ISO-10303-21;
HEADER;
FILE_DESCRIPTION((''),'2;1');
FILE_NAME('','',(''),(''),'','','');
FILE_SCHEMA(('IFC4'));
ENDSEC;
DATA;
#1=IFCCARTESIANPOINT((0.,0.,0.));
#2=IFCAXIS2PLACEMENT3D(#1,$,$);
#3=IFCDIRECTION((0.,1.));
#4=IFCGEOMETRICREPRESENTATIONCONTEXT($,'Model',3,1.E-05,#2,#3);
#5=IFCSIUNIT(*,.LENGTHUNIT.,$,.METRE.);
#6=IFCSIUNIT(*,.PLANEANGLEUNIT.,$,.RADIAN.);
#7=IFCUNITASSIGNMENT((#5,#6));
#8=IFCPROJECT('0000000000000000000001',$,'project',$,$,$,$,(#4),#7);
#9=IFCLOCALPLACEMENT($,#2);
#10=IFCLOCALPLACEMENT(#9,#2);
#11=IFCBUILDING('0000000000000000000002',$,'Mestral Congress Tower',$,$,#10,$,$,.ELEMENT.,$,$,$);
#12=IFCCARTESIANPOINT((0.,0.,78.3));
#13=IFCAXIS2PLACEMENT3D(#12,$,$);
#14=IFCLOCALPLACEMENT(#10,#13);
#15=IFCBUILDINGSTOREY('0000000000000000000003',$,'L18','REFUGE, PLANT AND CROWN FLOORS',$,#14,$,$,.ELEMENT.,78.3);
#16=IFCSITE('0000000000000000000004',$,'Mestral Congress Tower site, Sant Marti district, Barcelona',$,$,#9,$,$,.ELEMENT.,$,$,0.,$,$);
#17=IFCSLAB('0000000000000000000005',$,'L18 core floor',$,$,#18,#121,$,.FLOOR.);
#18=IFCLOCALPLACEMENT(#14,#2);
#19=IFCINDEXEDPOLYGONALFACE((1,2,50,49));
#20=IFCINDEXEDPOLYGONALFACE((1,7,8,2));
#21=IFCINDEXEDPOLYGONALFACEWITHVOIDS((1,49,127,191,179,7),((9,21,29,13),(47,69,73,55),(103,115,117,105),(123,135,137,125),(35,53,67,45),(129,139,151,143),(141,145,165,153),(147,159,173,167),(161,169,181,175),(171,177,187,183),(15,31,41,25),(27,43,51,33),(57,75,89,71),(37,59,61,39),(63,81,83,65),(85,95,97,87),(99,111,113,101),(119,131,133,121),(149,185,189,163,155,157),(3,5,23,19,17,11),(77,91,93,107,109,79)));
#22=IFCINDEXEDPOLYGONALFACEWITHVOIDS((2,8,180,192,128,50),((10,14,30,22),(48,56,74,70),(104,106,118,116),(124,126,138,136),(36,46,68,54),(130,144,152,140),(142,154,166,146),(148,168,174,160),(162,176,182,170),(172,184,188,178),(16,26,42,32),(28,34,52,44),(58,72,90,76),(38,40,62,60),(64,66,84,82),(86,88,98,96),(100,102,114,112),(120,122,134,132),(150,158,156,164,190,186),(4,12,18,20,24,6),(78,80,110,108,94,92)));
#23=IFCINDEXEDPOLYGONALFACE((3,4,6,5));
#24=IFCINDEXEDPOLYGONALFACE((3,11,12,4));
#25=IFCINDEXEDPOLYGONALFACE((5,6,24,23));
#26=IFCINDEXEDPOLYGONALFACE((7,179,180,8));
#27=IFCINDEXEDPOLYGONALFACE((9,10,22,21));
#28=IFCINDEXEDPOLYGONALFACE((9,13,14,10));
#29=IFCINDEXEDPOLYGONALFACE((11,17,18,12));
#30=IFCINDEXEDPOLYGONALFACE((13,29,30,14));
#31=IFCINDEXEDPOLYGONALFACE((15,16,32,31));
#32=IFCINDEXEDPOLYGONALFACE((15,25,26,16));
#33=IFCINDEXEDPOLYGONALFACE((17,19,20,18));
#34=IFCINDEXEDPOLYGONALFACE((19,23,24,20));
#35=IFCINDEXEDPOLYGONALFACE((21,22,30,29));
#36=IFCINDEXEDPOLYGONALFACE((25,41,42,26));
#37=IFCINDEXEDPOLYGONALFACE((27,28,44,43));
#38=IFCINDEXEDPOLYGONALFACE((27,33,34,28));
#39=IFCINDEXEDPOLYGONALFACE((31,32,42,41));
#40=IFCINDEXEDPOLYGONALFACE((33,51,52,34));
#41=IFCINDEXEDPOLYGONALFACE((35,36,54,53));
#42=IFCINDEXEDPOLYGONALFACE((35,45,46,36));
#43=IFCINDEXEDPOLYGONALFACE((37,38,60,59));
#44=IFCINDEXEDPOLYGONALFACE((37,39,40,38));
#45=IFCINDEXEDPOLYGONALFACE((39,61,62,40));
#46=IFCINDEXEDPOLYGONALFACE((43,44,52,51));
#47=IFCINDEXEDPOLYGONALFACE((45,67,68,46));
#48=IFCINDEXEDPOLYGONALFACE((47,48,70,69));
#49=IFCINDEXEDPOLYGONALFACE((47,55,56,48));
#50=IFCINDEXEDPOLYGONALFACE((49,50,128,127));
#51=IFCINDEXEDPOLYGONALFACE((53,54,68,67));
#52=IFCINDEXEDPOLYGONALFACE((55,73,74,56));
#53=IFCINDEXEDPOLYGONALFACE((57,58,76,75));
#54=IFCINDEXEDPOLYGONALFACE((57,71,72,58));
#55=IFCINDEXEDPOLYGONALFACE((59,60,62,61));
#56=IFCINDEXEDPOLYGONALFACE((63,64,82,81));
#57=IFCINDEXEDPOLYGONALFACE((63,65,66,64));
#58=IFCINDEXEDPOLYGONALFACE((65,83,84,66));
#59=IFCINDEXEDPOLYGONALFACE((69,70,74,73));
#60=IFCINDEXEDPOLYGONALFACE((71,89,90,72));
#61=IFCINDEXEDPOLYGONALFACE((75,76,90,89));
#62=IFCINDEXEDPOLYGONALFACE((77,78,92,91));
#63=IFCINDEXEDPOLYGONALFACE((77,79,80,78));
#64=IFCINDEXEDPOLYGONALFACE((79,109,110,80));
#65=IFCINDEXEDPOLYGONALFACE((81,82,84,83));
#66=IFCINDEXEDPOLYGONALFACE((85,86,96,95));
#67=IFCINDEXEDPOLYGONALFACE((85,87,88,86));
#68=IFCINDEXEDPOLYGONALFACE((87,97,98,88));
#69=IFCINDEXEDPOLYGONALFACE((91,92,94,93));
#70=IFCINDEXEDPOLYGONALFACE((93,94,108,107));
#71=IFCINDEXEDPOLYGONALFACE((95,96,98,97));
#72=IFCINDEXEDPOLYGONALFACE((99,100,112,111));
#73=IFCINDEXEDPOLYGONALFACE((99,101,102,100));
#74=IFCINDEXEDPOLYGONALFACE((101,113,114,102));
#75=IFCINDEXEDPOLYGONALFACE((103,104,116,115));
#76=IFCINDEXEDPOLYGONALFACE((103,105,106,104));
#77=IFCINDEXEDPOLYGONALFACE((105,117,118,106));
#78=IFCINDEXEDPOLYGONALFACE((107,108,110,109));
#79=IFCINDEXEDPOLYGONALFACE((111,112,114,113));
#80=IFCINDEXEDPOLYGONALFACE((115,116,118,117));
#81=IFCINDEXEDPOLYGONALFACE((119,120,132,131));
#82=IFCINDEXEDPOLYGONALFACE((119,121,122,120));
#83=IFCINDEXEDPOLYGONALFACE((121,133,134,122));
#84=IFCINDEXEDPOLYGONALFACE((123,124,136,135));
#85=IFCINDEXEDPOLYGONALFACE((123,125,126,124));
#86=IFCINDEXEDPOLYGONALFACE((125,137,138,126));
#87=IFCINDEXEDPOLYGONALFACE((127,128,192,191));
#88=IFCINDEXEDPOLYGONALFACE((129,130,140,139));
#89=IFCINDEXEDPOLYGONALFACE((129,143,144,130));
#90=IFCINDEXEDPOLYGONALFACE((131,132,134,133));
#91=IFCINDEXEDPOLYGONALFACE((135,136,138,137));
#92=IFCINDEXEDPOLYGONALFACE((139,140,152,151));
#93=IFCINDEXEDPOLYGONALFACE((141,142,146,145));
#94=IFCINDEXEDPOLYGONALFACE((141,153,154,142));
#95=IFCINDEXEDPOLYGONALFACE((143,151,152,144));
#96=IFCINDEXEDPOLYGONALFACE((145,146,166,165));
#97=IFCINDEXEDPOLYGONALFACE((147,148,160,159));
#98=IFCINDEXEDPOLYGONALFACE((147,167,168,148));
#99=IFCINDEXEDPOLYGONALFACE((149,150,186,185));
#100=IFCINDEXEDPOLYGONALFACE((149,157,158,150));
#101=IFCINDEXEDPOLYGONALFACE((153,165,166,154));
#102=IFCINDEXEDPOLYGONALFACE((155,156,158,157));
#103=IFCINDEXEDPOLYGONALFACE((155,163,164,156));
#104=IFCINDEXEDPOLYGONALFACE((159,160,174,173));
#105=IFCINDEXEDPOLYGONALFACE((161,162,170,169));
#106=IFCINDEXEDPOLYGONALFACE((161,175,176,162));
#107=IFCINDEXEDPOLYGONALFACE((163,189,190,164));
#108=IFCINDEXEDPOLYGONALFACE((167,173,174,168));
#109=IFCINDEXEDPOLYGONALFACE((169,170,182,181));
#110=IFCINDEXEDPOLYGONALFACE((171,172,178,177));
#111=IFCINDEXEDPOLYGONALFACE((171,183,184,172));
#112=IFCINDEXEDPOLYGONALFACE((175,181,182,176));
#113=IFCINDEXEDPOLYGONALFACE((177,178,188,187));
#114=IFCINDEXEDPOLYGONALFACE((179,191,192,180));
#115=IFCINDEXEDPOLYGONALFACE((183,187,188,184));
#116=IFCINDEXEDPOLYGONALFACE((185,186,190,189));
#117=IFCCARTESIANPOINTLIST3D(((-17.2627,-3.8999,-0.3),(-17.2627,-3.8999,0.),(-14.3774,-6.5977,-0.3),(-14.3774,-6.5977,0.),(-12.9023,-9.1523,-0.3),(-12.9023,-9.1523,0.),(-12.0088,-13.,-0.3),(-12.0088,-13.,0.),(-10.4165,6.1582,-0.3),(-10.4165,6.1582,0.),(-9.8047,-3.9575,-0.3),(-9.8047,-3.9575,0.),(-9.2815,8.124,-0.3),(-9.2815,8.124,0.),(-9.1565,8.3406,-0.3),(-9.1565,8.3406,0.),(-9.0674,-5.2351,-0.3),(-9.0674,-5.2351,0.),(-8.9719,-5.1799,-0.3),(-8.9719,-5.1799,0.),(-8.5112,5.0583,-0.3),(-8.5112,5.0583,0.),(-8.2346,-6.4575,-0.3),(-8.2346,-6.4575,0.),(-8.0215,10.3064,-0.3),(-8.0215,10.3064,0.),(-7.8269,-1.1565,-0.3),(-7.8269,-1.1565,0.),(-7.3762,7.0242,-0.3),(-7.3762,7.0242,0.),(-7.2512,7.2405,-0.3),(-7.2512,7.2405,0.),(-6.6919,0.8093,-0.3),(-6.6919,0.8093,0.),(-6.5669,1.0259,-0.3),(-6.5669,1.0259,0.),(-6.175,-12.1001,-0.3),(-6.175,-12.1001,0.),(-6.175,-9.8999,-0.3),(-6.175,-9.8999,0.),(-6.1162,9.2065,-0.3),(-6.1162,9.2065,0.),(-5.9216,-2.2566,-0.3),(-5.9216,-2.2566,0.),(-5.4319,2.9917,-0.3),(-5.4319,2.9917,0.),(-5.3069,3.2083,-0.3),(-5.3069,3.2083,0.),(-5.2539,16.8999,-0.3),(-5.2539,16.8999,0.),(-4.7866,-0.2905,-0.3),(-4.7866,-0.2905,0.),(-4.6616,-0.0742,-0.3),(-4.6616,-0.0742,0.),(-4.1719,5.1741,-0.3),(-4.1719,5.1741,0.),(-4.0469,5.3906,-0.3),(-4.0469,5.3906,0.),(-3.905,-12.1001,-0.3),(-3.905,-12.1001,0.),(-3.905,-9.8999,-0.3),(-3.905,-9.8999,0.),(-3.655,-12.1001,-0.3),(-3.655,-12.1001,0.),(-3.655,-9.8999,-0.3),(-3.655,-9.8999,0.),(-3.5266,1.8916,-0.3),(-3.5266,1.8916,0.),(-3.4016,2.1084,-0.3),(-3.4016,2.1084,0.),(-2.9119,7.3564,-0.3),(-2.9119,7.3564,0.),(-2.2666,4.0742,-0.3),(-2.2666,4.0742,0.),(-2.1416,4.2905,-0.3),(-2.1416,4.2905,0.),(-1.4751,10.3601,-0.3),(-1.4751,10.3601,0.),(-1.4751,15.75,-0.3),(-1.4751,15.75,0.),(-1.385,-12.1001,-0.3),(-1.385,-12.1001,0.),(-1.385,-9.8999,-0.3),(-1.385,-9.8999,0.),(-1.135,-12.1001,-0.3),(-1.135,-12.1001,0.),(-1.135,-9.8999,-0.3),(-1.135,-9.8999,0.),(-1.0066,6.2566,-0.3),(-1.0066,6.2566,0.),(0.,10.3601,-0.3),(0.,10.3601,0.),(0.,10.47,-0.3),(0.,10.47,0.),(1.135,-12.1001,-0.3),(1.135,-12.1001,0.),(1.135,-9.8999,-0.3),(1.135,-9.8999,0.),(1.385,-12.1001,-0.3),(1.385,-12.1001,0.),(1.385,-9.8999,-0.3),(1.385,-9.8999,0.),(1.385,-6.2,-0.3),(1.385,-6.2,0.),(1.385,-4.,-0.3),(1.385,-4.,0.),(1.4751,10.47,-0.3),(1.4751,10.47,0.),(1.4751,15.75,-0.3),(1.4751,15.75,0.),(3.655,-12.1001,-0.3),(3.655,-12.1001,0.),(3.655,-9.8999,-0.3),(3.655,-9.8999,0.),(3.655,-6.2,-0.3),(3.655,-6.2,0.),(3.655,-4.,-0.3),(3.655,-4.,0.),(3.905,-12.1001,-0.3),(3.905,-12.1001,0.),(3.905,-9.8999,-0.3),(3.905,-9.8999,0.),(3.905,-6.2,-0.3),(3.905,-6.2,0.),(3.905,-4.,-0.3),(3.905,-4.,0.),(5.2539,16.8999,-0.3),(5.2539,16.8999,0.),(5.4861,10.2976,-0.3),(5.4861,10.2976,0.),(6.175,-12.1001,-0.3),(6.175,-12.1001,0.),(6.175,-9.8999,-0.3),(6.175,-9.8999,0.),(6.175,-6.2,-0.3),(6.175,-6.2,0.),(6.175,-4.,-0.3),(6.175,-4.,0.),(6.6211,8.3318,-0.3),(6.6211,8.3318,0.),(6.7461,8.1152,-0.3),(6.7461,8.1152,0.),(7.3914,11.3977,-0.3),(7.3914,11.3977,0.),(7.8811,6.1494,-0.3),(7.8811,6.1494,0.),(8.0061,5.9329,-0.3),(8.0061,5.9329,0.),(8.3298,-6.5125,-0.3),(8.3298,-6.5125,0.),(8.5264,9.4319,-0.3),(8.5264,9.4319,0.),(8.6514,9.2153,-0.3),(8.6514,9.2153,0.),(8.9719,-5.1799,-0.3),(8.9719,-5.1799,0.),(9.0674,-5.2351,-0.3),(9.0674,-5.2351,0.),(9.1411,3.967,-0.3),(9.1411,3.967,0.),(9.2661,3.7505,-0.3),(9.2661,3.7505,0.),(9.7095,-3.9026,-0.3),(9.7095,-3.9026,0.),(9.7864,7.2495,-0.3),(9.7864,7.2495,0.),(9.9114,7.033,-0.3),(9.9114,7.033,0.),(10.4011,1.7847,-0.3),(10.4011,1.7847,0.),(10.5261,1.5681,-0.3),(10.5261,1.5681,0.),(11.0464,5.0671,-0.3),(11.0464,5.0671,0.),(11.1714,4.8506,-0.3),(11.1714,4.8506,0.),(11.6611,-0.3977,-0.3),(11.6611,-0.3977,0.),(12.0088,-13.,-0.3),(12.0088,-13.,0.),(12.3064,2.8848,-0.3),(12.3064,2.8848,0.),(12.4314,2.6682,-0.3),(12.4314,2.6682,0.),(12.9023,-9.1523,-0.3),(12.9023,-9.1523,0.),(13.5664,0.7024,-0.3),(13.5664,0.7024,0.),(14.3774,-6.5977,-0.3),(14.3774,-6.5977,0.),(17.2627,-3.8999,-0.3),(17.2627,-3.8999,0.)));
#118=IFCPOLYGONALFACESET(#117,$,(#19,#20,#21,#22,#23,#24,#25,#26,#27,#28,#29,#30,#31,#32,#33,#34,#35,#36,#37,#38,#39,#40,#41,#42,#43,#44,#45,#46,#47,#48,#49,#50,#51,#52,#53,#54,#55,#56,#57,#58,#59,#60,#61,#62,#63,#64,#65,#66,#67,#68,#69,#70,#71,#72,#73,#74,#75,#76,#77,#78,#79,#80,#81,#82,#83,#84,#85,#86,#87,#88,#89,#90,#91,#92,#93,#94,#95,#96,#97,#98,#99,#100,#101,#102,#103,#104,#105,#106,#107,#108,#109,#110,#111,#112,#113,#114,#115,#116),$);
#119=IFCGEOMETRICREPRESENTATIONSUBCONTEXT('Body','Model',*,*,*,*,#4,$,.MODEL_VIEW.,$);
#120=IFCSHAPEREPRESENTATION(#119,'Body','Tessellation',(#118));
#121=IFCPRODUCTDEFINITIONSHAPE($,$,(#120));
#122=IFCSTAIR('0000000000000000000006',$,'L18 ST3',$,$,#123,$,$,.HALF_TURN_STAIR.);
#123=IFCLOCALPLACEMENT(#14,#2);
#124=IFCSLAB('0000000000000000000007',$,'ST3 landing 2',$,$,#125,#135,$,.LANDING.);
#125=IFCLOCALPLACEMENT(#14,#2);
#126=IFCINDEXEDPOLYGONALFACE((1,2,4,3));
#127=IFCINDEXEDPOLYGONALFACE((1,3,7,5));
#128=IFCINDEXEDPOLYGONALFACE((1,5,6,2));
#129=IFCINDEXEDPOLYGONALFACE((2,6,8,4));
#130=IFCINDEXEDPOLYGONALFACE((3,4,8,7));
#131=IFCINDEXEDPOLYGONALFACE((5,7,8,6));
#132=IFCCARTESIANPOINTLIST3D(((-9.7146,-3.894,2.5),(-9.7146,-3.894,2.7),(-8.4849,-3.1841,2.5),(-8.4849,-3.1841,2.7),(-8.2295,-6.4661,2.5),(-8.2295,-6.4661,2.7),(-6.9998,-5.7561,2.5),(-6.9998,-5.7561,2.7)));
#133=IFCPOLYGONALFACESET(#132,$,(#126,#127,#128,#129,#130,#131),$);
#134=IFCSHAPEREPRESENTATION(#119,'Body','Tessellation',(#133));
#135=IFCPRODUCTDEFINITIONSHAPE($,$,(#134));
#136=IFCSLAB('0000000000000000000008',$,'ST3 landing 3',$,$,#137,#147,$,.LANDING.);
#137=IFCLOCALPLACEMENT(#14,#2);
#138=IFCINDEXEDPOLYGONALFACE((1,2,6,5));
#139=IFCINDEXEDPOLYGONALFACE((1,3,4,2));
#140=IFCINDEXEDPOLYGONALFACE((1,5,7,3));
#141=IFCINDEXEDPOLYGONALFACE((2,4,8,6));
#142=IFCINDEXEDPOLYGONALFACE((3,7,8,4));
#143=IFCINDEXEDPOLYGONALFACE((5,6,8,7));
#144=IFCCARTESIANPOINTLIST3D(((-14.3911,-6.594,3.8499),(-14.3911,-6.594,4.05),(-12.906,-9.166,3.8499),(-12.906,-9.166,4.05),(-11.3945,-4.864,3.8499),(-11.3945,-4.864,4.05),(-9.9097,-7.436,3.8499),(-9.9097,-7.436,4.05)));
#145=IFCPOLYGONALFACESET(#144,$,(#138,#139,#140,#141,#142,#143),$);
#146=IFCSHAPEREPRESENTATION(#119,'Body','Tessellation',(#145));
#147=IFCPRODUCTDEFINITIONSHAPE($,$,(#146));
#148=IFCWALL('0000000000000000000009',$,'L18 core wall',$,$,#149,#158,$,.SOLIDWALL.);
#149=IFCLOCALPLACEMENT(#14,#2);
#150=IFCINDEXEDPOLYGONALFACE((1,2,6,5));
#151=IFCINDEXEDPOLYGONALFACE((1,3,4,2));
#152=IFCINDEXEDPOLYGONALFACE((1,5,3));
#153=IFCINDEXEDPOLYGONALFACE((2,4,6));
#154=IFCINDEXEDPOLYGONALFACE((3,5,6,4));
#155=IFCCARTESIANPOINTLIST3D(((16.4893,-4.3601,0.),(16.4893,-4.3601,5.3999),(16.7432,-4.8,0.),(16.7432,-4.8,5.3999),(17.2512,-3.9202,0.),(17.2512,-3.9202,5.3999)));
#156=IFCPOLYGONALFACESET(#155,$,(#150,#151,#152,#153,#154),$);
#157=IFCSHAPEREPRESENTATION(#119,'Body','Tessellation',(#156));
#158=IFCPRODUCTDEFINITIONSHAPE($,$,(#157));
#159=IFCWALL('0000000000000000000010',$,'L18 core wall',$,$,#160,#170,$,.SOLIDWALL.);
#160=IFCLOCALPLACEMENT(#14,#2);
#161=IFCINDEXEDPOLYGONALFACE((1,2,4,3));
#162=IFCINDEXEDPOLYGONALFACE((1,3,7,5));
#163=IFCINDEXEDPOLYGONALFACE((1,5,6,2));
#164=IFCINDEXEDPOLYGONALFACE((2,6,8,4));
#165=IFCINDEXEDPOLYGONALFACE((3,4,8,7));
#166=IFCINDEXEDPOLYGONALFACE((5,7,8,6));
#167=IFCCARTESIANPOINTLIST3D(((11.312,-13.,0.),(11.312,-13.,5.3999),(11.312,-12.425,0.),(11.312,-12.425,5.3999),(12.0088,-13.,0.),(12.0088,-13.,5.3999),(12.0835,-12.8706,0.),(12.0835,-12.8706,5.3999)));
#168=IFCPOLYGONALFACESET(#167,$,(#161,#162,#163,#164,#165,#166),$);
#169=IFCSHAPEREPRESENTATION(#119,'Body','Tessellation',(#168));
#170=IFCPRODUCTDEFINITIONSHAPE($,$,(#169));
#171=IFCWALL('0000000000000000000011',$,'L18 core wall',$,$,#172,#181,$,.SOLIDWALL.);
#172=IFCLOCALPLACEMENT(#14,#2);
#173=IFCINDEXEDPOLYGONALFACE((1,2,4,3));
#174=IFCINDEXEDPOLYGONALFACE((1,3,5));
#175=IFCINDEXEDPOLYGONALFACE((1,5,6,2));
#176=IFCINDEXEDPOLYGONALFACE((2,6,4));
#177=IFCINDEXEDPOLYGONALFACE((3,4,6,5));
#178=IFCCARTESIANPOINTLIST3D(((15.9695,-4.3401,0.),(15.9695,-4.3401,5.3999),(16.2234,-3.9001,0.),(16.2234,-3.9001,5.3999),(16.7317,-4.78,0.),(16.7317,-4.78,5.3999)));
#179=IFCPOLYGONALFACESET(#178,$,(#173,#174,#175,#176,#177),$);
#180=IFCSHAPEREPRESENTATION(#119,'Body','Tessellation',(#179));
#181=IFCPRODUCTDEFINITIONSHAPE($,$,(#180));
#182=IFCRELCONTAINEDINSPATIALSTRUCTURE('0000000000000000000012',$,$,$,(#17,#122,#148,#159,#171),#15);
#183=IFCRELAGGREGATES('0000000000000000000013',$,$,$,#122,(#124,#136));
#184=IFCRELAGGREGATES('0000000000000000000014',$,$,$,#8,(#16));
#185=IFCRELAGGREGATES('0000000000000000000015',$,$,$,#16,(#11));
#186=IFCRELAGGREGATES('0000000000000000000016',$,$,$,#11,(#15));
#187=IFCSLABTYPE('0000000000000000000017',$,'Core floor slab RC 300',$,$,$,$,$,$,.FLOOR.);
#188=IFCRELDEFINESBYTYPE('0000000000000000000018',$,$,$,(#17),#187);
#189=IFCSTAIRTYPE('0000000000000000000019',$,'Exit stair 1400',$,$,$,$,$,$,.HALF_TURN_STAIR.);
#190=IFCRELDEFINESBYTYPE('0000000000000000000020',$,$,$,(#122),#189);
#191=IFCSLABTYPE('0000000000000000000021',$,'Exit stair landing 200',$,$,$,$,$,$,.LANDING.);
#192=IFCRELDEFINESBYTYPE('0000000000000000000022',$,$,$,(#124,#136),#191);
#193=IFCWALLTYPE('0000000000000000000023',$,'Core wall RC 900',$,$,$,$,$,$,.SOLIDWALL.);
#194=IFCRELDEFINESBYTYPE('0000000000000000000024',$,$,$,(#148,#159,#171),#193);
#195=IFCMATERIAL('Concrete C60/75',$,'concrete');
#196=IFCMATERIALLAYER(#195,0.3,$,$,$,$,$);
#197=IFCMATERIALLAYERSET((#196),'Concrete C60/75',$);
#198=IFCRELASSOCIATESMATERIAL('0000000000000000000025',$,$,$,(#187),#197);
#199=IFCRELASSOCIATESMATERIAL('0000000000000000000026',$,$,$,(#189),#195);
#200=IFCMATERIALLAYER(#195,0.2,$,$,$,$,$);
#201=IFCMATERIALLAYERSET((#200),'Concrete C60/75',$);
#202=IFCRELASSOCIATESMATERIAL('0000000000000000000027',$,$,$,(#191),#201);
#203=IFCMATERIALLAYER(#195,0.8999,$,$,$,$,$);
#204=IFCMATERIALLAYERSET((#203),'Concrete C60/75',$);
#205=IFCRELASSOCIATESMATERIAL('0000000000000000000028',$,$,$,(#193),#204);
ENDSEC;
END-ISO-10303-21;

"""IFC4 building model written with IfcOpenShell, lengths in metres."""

from ifc_helpers import new_model, si_unit, direction, frame, origin, place, context, subcontext, project, spatial, polyline, outline, extrude, material, layer, layer_set, type_object, element, aggregate, save


model = new_model("IFC4")

# Units and contexts
model_context = context("Model", 3, precision=1e-05, world=origin(), true_north=direction((0.0, 1.0)))
body_context = subcontext(model_context, "Body", "Model", "MODEL_VIEW")
ifc_project = project(units=[si_unit("LENGTHUNIT", "METRE"), si_unit("PLANEANGLEUNIT", "RADIAN")], contexts=[model_context])

# Site, building, storey
site_placement = place(None, origin())
site = spatial("IfcSite", under=ifc_project, at=site_placement, Name="Mestral Congress Tower site, Sant Marti district, Barcelona", CompositionType="ELEMENT", RefElevation=0.0)
building_placement = place(site_placement, origin())
building = spatial("IfcBuilding", under=site, at=building_placement, Name="Mestral Congress Tower", CompositionType="ELEMENT")
storey_placement = place(building_placement, frame((0.0, 0.0, 78.3)))
storey = spatial("IfcBuildingStorey", under=building, at=storey_placement, Name="L18", Description="REFUGE, PLANT AND CROWN FLOORS", CompositionType="ELEMENT", Elevation=78.3)

# Slab
ifc_material = material(Name="Concrete C60/75", Category="concrete")
ifc_layer_1 = layer(ifc_material, 0.3)
ifc_layer_set_1 = layer_set([ifc_layer_1], Name="Concrete C60/75")
slab_type_1 = type_object("IfcSlabType", Name="Core floor slab RC 300", PredefinedType="FLOOR", material=ifc_layer_set_1)
slab_1_placement = place(storey_placement, frame((0.0, 0.0, -0.3)))
element("IfcSlab", 1, at=slab_1_placement, inside=storey, type_object=slab_type_1, Name="L18 core floor", PredefinedType="FLOOR", context=body_context, shape_type="SweptSolid", body=[
    extrude(outline(polyline([(12.0088, -13.0), (-12.0088, -13.0), (-17.2627, -3.8999), (-5.2539, 16.8999), (5.2539, 16.8999), (17.2627, -3.8999), (12.0088, -13.0)]), holes=[polyline([(-3.905, -9.8999), (-6.175, -9.8999), (-6.175, -12.1001), (-3.905, -12.1001), (-3.905, -9.8999)]), polyline([(-1.385, -9.8999), (-3.655, -9.8999), (-3.655, -12.1001), (-1.385, -12.1001), (-1.385, -9.8999)]), polyline([(1.135, -9.8999), (-1.135, -9.8999), (-1.135, -12.1001), (1.135, -12.1001), (1.135, -9.8999)]), polyline([(-9.0674, -5.2351), (-9.8047, -3.9575), (-14.3774, -6.5977), (-12.9023, -9.1523), (-8.2346, -6.4575), (-8.9719, -5.1799), (-9.0674, -5.2351)]), polyline([(-7.8269, -1.1565), (-5.9216, -2.2566), (-4.7866, -0.2905), (-6.6919, 0.8093), (-7.8269, -1.1565)]), polyline([(-4.6616, -0.0742), (-3.5266, 1.8916), (-5.4319, 2.9917), (-6.5669, 1.0259), (-4.6616, -0.0742)]), polyline([(-3.4016, 2.1084), (-2.2666, 4.0742), (-4.1719, 5.1741), (-5.3069, 3.2083), (-3.4016, 2.1084)]), polyline([(-2.1416, 4.2905), (-1.0066, 6.2566), (-2.9119, 7.3564), (-4.0469, 5.3906), (-2.1416, 4.2905)]), polyline([(-10.4165, 6.1582), (-8.5112, 5.0583), (-7.3762, 7.0242), (-9.2815, 8.124), (-10.4165, 6.1582)]), polyline([(-9.1565, 8.3406), (-7.2512, 7.2405), (-6.1162, 9.2065), (-8.0215, 10.3064), (-9.1565, 8.3406)]), polyline([(1.4751, 10.47), (1.4751, 15.75), (-1.4751, 15.75), (-1.4751, 10.3601), (0.0, 10.3601), (0.0, 10.47), (1.4751, 10.47)]), polyline([(3.655, -9.8999), (1.385, -9.8999), (1.385, -12.1001), (3.655, -12.1001), (3.655, -9.8999)]), polyline([(6.175, -9.8999), (3.905, -9.8999), (3.905, -12.1001), (6.175, -12.1001), (6.175, -9.8999)]), polyline([(9.0674, -5.2351), (8.3298, -6.5125), (12.9023, -9.1523), (14.3774, -6.5977), (9.7095, -3.9026), (8.9719, -5.1799), (9.0674, -5.2351)]), polyline([(3.655, -6.2), (3.655, -4.0), (1.385, -4.0), (1.385, -6.2), (3.655, -6.2)]), polyline([(6.175, -4.0), (3.905, -4.0), (3.905, -6.2), (6.175, -6.2), (6.175, -4.0)]), polyline([(12.4314, 2.6682), (10.5261, 1.5681), (11.6611, -0.3977), (13.5664, 0.7024), (12.4314, 2.6682)]), polyline([(11.1714, 4.8506), (9.2661, 3.7505), (10.4011, 1.7847), (12.3064, 2.8848), (11.1714, 4.8506)]), polyline([(8.0061, 5.9329), (9.1411, 3.967), (11.0464, 5.0671), (9.9114, 7.033), (8.0061, 5.9329)]), polyline([(8.6514, 9.2153), (6.7461, 8.1152), (7.8811, 6.1494), (9.7864, 7.2495), (8.6514, 9.2153)]), polyline([(7.3914, 11.3977), (5.4861, 10.2976), (6.6211, 8.3318), (8.5264, 9.4319), (7.3914, 11.3977)])]), origin(), (0.0, 0.0, 1.0), 0.3),
])

# Stair, slabs
stair_type = type_object("IfcStairType", Name="Exit stair 1400", PredefinedType="HALF_TURN_STAIR", material=ifc_material)
placement = place(storey_placement, origin())
stair = element("IfcStair", 2, at=placement, inside=storey, type_object=stair_type, Name="L18 ST3", PredefinedType="HALF_TURN_STAIR")
ifc_layer_2 = layer(ifc_material, 0.2)
ifc_layer_set_2 = layer_set([ifc_layer_2], Name="Concrete C60/75")
slab_type_2 = type_object("IfcSlabType", Name="Exit stair landing 200", PredefinedType="LANDING", material=ifc_layer_set_2)
slab_2_placement = place(storey_placement, frame((0.0, 0.0, 2.5)))
slab_2 = element("IfcSlab", 3, at=slab_2_placement, type_object=slab_type_2, Name="ST3 landing 2", PredefinedType="LANDING", context=body_context, shape_type="SweptSolid", body=[
    extrude(outline(polyline([(-8.4849, -3.1841), (-6.9998, -5.7561), (-8.2295, -6.4661), (-9.7146, -3.894), (-8.4849, -3.1841)])), origin(), (0.0, 0.0, 1.0), 0.2),
])
slab_3_placement = place(storey_placement, frame((0.0, 0.0, 3.8499)))
slab_3 = element("IfcSlab", 4, at=slab_3_placement, type_object=slab_type_2, Name="ST3 landing 3", PredefinedType="LANDING", context=body_context, shape_type="SweptSolid", body=[
    extrude(outline(polyline([(-11.3945, -4.864), (-9.9097, -7.436), (-12.906, -9.166), (-14.3911, -6.594), (-11.3945, -4.864)])), origin(), (0.0, 0.0, 1.0), 0.2002),
])
aggregate(stair, [slab_2, slab_3])

# Walls
ifc_layer_3 = layer(ifc_material, 0.8999)
ifc_layer_set_3 = layer_set([ifc_layer_3], Name="Concrete C60/75")
wall_type_1 = type_object("IfcWallType", Name="Core wall RC 900", PredefinedType="SOLIDWALL", material=ifc_layer_set_3)
element("IfcWall", 5, at=placement, inside=storey, type_object=wall_type_1, Name="L18 core wall", PredefinedType="SOLIDWALL", context=body_context, shape_type="SweptSolid", body=[
    extrude(outline(polyline([(16.7432, -4.8), (16.4893, -4.3601), (17.2512, -3.9202), (16.7432, -4.8)])), origin(), (0.0, 0.0, 1.0), 5.3999),
])
element("IfcWall", 6, at=placement, inside=storey, type_object=wall_type_1, Name="L18 core wall", PredefinedType="SOLIDWALL", context=body_context, shape_type="SweptSolid", body=[
    extrude(outline(polyline([(12.0088, -13.0), (11.312, -13.0), (11.312, -12.425), (12.0835, -12.8706), (12.0088, -13.0)])), origin(), (0.0, 0.0, 1.0), 5.3999),
])
element("IfcWall", 7, at=placement, inside=storey, type_object=wall_type_1, Name="L18 core wall", PredefinedType="SOLIDWALL", context=body_context, shape_type="SweptSolid", body=[
    extrude(outline(polyline([(16.2234, -3.9001), (16.7317, -4.78), (15.9695, -4.3401), (16.2234, -3.9001)])), origin(), (0.0, 0.0, 1.0), 5.3999),
])

save(model, "model.ifc")
